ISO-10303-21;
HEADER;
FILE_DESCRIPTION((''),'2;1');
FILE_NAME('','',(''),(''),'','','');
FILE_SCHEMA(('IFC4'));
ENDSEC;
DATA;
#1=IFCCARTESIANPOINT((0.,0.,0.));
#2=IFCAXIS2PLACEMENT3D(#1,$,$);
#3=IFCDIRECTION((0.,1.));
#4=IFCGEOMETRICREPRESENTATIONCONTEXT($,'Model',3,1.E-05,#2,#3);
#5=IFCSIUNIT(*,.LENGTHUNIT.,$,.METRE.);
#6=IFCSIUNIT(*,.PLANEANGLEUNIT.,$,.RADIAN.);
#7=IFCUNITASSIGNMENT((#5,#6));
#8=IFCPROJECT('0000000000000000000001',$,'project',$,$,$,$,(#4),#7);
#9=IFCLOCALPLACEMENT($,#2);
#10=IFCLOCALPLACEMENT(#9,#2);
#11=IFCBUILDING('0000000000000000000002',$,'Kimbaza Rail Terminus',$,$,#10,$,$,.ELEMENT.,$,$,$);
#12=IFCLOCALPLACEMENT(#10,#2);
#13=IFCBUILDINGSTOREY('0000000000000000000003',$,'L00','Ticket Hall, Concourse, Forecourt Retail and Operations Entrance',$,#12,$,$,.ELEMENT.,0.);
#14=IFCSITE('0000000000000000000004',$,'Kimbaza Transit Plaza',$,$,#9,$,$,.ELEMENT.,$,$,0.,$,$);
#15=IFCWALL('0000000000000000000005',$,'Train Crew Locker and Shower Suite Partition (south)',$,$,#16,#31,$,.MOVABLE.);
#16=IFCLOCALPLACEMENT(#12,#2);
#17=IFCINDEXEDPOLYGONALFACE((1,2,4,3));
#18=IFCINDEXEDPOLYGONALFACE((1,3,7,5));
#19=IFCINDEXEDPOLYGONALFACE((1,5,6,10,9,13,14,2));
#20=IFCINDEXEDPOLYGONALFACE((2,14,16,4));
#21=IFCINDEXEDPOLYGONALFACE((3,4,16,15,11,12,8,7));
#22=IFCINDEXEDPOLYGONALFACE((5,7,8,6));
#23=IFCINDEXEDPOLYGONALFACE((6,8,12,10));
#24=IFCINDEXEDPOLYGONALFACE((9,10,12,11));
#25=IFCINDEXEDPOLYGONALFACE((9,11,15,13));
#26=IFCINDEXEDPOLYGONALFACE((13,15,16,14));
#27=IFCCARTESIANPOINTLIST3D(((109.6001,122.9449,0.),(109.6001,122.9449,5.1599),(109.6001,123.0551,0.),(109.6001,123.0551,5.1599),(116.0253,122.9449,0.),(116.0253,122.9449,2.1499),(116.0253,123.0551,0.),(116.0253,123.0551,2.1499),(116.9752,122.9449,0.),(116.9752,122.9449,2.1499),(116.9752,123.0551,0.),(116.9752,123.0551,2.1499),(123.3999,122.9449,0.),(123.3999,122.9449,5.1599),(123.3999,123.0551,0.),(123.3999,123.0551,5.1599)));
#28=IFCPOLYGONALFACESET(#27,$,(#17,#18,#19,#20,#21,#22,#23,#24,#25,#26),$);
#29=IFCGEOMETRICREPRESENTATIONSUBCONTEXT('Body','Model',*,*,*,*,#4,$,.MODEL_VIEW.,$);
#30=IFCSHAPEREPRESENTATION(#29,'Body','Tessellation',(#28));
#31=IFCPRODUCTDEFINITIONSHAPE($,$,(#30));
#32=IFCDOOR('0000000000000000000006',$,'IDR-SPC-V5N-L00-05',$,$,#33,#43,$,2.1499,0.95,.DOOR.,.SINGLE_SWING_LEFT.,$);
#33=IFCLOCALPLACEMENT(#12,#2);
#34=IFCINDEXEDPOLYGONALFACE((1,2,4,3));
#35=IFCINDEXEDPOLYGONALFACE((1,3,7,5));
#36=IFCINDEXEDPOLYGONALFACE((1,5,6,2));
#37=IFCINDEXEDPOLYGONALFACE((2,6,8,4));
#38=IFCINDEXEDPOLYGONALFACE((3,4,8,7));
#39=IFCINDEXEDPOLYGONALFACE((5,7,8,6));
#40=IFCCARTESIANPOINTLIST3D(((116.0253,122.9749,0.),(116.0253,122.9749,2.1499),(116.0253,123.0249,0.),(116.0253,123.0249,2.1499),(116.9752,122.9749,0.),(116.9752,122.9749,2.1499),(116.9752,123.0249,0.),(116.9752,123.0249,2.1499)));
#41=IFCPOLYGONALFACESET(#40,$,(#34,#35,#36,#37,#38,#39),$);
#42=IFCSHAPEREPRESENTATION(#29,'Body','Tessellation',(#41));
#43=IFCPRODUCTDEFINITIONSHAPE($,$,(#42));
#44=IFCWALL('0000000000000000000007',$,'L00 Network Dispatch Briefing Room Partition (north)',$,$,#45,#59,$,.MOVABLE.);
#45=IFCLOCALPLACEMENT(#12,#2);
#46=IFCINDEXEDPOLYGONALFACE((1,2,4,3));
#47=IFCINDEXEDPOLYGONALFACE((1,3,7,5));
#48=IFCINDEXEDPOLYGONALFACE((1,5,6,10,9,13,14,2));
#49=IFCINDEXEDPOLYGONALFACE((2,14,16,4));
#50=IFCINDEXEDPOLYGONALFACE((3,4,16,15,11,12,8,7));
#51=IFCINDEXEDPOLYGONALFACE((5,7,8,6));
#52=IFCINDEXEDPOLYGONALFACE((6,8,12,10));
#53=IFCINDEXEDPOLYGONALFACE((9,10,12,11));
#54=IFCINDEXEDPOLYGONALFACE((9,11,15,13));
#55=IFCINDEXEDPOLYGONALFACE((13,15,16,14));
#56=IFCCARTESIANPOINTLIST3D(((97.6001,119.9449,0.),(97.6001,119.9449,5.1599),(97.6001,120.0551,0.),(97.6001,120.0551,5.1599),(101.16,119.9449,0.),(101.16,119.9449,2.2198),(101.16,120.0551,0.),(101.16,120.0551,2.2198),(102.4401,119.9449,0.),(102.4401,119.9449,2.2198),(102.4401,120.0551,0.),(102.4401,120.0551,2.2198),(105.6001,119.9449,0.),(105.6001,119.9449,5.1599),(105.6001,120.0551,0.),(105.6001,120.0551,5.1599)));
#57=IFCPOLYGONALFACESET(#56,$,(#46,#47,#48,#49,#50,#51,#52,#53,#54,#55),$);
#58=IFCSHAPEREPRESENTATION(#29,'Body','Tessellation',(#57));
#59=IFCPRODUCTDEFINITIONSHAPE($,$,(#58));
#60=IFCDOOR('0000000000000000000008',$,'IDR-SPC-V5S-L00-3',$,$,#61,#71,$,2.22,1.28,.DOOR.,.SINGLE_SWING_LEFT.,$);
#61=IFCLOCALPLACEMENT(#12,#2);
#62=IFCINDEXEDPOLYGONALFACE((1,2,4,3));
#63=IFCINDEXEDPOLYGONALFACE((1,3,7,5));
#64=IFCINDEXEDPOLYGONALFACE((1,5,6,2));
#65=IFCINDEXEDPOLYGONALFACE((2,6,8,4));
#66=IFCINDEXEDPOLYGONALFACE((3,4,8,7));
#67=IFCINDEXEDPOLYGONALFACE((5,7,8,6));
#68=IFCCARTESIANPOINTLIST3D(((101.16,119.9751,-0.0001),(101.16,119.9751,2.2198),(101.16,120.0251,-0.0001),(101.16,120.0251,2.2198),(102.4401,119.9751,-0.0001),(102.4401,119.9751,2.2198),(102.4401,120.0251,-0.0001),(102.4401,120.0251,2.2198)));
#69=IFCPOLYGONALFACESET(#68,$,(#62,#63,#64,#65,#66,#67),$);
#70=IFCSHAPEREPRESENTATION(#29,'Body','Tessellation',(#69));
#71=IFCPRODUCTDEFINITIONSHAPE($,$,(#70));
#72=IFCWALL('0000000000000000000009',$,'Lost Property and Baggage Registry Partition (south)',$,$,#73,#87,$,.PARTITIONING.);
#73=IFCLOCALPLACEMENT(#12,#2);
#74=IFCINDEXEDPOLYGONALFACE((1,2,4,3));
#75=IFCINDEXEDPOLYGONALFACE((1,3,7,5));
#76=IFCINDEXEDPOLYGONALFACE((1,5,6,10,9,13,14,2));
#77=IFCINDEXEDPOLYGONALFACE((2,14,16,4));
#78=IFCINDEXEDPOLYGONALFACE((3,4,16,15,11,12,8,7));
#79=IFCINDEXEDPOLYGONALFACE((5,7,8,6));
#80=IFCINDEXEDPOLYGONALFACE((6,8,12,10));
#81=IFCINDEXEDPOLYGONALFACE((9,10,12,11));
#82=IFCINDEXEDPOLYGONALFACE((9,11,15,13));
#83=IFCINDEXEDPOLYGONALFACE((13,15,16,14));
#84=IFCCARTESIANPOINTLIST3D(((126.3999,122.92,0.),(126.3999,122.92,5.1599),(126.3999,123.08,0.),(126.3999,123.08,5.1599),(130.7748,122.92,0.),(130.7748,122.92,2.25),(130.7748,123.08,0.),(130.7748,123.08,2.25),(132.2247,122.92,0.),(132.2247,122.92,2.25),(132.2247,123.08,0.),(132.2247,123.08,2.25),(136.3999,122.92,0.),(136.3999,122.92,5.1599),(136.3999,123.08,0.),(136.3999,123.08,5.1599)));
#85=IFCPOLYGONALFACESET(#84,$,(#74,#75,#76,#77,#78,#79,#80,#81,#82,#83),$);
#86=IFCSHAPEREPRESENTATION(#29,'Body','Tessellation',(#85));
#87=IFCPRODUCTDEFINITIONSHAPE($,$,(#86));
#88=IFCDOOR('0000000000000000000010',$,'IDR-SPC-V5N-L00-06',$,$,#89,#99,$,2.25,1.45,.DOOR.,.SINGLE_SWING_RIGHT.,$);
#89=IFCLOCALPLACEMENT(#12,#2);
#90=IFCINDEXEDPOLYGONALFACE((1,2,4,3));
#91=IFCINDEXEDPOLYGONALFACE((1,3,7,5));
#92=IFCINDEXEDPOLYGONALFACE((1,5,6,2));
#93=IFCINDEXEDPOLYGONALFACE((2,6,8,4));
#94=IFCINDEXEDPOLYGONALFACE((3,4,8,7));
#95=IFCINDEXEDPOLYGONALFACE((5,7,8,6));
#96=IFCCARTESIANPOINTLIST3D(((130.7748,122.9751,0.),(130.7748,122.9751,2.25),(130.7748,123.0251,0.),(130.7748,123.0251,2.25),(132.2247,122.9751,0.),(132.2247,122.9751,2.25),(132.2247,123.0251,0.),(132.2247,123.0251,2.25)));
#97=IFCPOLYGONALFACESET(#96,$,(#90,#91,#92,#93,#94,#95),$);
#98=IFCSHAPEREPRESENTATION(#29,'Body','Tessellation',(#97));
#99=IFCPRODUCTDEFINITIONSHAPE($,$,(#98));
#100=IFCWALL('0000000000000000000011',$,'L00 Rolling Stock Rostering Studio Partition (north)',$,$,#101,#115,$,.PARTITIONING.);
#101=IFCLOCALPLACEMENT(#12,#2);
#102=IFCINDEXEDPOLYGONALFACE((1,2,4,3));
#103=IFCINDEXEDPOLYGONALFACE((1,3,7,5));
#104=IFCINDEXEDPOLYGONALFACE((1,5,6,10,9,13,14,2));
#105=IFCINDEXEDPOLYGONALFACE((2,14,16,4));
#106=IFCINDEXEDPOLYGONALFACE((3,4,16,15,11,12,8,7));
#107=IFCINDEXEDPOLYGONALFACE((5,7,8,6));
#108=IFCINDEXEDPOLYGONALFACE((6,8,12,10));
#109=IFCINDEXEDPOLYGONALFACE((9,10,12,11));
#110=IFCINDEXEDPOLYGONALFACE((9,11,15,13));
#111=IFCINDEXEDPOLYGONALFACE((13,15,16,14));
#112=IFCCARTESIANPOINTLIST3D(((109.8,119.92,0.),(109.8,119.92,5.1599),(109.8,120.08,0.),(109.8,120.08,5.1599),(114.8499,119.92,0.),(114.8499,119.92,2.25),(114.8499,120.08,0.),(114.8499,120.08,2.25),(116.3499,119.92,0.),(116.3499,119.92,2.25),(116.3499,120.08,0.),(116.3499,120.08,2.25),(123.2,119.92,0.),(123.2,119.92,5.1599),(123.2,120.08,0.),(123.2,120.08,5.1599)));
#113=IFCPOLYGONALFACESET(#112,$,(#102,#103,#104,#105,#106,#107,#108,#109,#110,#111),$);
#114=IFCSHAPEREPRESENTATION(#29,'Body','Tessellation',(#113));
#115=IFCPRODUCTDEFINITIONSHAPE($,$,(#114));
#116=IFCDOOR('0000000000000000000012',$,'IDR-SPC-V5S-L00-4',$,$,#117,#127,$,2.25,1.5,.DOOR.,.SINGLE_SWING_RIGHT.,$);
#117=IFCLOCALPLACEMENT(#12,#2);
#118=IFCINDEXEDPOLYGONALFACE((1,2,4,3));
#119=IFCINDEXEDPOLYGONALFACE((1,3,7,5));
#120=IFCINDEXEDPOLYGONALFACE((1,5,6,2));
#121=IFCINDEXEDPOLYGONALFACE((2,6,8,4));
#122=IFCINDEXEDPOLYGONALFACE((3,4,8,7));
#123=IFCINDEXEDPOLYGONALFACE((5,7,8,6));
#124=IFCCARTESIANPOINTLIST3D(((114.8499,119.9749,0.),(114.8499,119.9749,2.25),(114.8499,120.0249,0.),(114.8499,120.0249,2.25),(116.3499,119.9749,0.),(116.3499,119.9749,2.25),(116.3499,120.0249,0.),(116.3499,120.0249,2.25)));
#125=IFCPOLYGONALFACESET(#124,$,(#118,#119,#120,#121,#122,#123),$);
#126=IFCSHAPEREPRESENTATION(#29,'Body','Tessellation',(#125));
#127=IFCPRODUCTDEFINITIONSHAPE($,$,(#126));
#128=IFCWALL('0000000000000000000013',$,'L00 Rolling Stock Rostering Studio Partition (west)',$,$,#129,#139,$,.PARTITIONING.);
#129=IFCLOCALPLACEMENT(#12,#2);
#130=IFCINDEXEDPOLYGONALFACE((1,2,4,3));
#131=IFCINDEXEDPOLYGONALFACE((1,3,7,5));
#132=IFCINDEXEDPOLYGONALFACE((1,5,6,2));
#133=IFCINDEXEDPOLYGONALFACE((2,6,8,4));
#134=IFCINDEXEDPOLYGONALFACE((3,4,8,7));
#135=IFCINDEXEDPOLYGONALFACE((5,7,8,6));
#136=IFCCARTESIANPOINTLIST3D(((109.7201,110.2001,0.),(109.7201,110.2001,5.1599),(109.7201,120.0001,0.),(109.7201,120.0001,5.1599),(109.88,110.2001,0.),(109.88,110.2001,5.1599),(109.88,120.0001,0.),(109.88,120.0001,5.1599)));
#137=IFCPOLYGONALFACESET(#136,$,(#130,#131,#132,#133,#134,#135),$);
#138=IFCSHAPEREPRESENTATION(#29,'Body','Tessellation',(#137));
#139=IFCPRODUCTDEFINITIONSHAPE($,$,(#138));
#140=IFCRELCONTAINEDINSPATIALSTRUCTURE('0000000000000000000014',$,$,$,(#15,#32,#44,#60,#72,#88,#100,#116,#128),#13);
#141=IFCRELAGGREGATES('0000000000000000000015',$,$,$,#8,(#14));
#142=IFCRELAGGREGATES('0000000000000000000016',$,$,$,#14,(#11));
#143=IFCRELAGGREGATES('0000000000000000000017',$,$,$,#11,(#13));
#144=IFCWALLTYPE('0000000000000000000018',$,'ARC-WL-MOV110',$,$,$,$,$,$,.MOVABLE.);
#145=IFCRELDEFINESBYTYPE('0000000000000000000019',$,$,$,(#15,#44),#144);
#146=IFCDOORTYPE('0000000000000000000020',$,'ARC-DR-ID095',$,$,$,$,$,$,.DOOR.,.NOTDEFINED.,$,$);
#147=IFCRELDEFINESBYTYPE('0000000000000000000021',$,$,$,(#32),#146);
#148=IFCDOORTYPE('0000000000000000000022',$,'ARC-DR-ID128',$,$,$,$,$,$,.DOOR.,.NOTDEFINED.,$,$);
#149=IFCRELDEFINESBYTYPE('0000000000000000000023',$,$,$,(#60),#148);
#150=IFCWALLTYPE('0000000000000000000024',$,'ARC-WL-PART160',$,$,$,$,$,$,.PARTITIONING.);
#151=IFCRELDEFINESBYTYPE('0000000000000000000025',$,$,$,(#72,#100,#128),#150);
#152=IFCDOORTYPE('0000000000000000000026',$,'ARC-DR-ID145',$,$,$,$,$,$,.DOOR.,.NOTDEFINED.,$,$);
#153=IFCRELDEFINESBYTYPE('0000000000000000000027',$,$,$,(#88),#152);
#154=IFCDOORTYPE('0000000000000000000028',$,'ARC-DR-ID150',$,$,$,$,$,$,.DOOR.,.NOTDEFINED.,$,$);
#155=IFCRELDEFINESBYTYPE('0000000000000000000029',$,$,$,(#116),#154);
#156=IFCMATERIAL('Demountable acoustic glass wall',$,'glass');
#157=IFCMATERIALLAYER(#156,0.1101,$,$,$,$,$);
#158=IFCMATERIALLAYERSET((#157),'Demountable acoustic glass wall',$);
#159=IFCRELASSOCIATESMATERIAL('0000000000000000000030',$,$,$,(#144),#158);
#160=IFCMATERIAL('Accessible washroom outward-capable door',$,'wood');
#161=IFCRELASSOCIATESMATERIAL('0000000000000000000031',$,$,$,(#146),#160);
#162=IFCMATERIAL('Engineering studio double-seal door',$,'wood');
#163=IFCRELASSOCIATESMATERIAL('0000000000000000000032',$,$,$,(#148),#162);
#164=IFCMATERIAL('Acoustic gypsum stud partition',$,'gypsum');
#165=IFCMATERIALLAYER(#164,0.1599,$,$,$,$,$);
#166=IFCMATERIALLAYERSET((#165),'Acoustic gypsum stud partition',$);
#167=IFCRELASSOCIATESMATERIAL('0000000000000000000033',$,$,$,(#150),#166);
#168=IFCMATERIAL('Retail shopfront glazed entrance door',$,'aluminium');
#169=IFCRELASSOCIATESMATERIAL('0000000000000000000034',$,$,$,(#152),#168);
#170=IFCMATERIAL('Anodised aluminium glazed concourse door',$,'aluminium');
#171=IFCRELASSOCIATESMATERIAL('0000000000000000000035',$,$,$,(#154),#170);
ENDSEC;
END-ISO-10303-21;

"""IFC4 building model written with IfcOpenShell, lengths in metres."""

from ifc_helpers import new_model, si_unit, direction, frame, frame_2d, origin, place, context, subcontext, project, spatial, rectangle, extrude, material, layer, layer_set, type_object, element, fill, save


model = new_model("IFC4")

# Units and contexts
model_context = context("Model", 3, precision=1e-05, world=origin(), true_north=direction((0.0, 1.0)))
body_context = subcontext(model_context, "Body", "Model", "MODEL_VIEW")
ifc_project = project(units=[si_unit("LENGTHUNIT", "METRE"), si_unit("PLANEANGLEUNIT", "RADIAN")], contexts=[model_context])

# Site, building, storey
site_placement = place(None, origin())
site = spatial("IfcSite", under=ifc_project, at=site_placement, Name="Kimbaza Transit Plaza", CompositionType="ELEMENT", RefElevation=0.0)
building_placement = place(site_placement, origin())
building = spatial("IfcBuilding", under=site, at=building_placement, Name="Kimbaza Rail Terminus", CompositionType="ELEMENT")
storey_placement = place(building_placement, origin())
storey = spatial("IfcBuildingStorey", under=building, at=storey_placement, Name="L00", Description="Ticket Hall, Concourse, Forecourt Retail and Operations Entrance", CompositionType="ELEMENT", Elevation=0.0)

# Walls, openings, doors
ifc_material_1 = material(Name="Demountable acoustic glass wall", Category="glass")
ifc_layer_1 = layer(ifc_material_1, 0.1101)
ifc_layer_set_1 = layer_set([ifc_layer_1], Name="Demountable acoustic glass wall")
wall_type_1 = type_object("IfcWallType", Name="ARC-WL-MOV110", PredefinedType="MOVABLE", material=ifc_layer_set_1)
wall_1_placement = place(storey_placement, frame((109.6001, 123.0, 0.0), z_axis=(0.0, 0.0, 1.0), x_axis=(1.0, 0.0, 0.0)))
wall_1 = element("IfcWall", 1, at=wall_1_placement, inside=storey, type_object=wall_type_1, Name="Train Crew Locker and Shower Suite Partition (south)", PredefinedType="MOVABLE", context=body_context, shape_type="SweptSolid", body=[
    extrude(rectangle(XDim=13.7998, YDim=0.1101, at=frame_2d((6.8999, 0.0))), origin(), (0.0, 0.0, 1.0), 5.1599),
])
opening_1_placement = place(wall_1_placement, frame((6.425, 0.0, 0.0)))
opening_1 = element("IfcOpeningElement", 2, at=opening_1_placement, cuts=wall_1, PredefinedType="OPENING", context=body_context, shape_type="SweptSolid", body=[
    extrude(rectangle(XDim=0.95, YDim=2.1499, at=frame_2d((0.4751, 1.075))), frame((0.0, 0.0649, 0.0), z_axis=(0.0, -1.0, 0.0), x_axis=(1.0, 0.0, 0.0)), (0.0, 0.0, 1.0), 0.1301),
])
ifc_material_2 = material(Name="Accessible washroom outward-capable door", Category="wood")
door_type_1 = type_object("IfcDoorType", Name="ARC-DR-ID095", OperationType="NOTDEFINED", PredefinedType="DOOR", material=ifc_material_2)
door_1_placement = place(opening_1_placement, origin())
door_1 = element("IfcDoor", 3, at=door_1_placement, inside=storey, type_object=door_type_1, Name="IDR-SPC-V5N-L00-05", OperationType="SINGLE_SWING_LEFT", OverallHeight=2.1499, OverallWidth=0.95, PredefinedType="DOOR", context=body_context, shape_type="SweptSolid", body=[
    extrude(rectangle(XDim=0.95, YDim=2.1499, at=frame_2d((0.4751, 1.075))), frame((0.0, 0.0249, 0.0), z_axis=(0.0, -1.0, 0.0), x_axis=(1.0, 0.0, 0.0)), (0.0, 0.0, 1.0), 0.05),
])
fill(opening_1, door_1)
wall_2_placement = place(storey_placement, frame((105.6001, 120.0, 0.0), z_axis=(0.0, 0.0, 1.0), x_axis=(-1.0, 0.0, 0.0)))
wall_2 = element("IfcWall", 4, at=wall_2_placement, inside=storey, type_object=wall_type_1, Name="L00 Network Dispatch Briefing Room Partition (north)", PredefinedType="MOVABLE", context=body_context, shape_type="SweptSolid", body=[
    extrude(rectangle(XDim=8.0, YDim=0.1101, at=frame_2d((4.0, 0.0))), origin(), (0.0, 0.0, 1.0), 5.1599),
])
opening_2_placement = place(wall_2_placement, frame((3.1599, 0.0, 0.0)))
opening_2 = element("IfcOpeningElement", 5, at=opening_2_placement, cuts=wall_2, PredefinedType="OPENING", context=body_context, shape_type="SweptSolid", body=[
    extrude(rectangle(XDim=1.28, YDim=2.22, at=frame_2d((0.6401, 1.1099))), frame((0.0, 0.0649, 0.0), z_axis=(0.0, -1.0, 0.0), x_axis=(1.0, 0.0, 0.0)), (0.0, 0.0, 1.0), 0.1301),
])
ifc_material_3 = material(Name="Engineering studio double-seal door", Category="wood")
door_type_2 = type_object("IfcDoorType", Name="ARC-DR-ID128", OperationType="NOTDEFINED", PredefinedType="DOOR", material=ifc_material_3)
door_2_placement = place(opening_2_placement, origin())
door_2 = element("IfcDoor", 6, at=door_2_placement, inside=storey, type_object=door_type_2, Name="IDR-SPC-V5S-L00-3", OperationType="SINGLE_SWING_LEFT", OverallHeight=2.22, OverallWidth=1.28, PredefinedType="DOOR", context=body_context, shape_type="SweptSolid", body=[
    extrude(rectangle(XDim=1.28, YDim=2.22, at=frame_2d((0.6401, 1.1099))), frame((0.0, 0.0249, 0.0), z_axis=(0.0, -1.0, 0.0), x_axis=(1.0, 0.0, 0.0)), (0.0, 0.0, 1.0), 0.05),
])
fill(opening_2, door_2)
ifc_material_4 = material(Name="Acoustic gypsum stud partition", Category="gypsum")
ifc_layer_2 = layer(ifc_material_4, 0.1599)
ifc_layer_set_2 = layer_set([ifc_layer_2], Name="Acoustic gypsum stud partition")
wall_type_2 = type_object("IfcWallType", Name="ARC-WL-PART160", PredefinedType="PARTITIONING", material=ifc_layer_set_2)
wall_3_placement = place(storey_placement, frame((126.3999, 123.0, 0.0), z_axis=(0.0, 0.0, 1.0), x_axis=(1.0, 0.0, 0.0)))
wall_3 = element("IfcWall", 7, at=wall_3_placement, inside=storey, type_object=wall_type_2, Name="Lost Property and Baggage Registry Partition (south)", PredefinedType="PARTITIONING", context=body_context, shape_type="SweptSolid", body=[
    extrude(rectangle(XDim=10.0, YDim=0.1599, at=frame_2d((5.0, 0.0))), origin(), (0.0, 0.0, 1.0), 5.1599),
])
opening_3_placement = place(wall_3_placement, frame((5.825, 0.0, 0.0), z_axis=(0.0, 0.0, 1.0), x_axis=(-1.0, 0.0, 0.0)))
opening_3 = element("IfcOpeningElement", 8, at=opening_3_placement, cuts=wall_3, PredefinedType="OPENING", context=body_context, shape_type="SweptSolid", body=[
    extrude(rectangle(XDim=1.45, YDim=2.25, at=frame_2d((0.7251, 1.125))), frame((0.0, 0.0898, 0.0), z_axis=(0.0, -1.0, 0.0), x_axis=(1.0, 0.0, 0.0)), (0.0, 0.0, 1.0), 0.1799),
])
ifc_material_5 = material(Name="Retail shopfront glazed entrance door", Category="aluminium")
door_type_3 = type_object("IfcDoorType", Name="ARC-DR-ID145", OperationType="NOTDEFINED", PredefinedType="DOOR", material=ifc_material_5)
door_3_placement = place(opening_3_placement, origin())
door_3 = element("IfcDoor", 9, at=door_3_placement, inside=storey, type_object=door_type_3, Name="IDR-SPC-V5N-L00-06", OperationType="SINGLE_SWING_RIGHT", OverallHeight=2.25, OverallWidth=1.45, PredefinedType="DOOR", context=body_context, shape_type="SweptSolid", body=[
    extrude(rectangle(XDim=1.45, YDim=2.25, at=frame_2d((0.7251, 1.125))), frame((0.0, 0.0249, 0.0), z_axis=(0.0, -1.0, 0.0), x_axis=(1.0, 0.0, 0.0)), (0.0, 0.0, 1.0), 0.05),
])
fill(opening_3, door_3)
wall_4_placement = place(storey_placement, frame((123.2, 120.0, 0.0), z_axis=(0.0, 0.0, 1.0), x_axis=(-1.0, 0.0, 0.0)))
wall_4 = element("IfcWall", 10, at=wall_4_placement, inside=storey, type_object=wall_type_2, Name="L00 Rolling Stock Rostering Studio Partition (north)", PredefinedType="PARTITIONING", context=body_context, shape_type="SweptSolid", body=[
    extrude(rectangle(XDim=13.3999, YDim=0.1599, at=frame_2d((6.7, 0.0))), origin(), (0.0, 0.0, 1.0), 5.1599),
])
opening_4_placement = place(wall_4_placement, frame((8.3501, 0.0, 0.0), z_axis=(0.0, 0.0, 1.0), x_axis=(-1.0, 0.0, 0.0)))
opening_4 = element("IfcOpeningElement", 11, at=opening_4_placement, cuts=wall_4, PredefinedType="OPENING", context=body_context, shape_type="SweptSolid", body=[
    extrude(rectangle(XDim=1.5, YDim=2.25, at=frame_2d((0.75, 1.125))), frame((0.0, 0.0898, 0.0), z_axis=(0.0, -1.0, 0.0), x_axis=(1.0, 0.0, 0.0)), (0.0, 0.0, 1.0), 0.1799),
])
ifc_material_6 = material(Name="Anodised aluminium glazed concourse door", Category="aluminium")
door_type_4 = type_object("IfcDoorType", Name="ARC-DR-ID150", OperationType="NOTDEFINED", PredefinedType="DOOR", material=ifc_material_6)
door_4_placement = place(opening_4_placement, origin())
door_4 = element("IfcDoor", 12, at=door_4_placement, inside=storey, type_object=door_type_4, Name="IDR-SPC-V5S-L00-4", OperationType="SINGLE_SWING_RIGHT", OverallHeight=2.25, OverallWidth=1.5, PredefinedType="DOOR", context=body_context, shape_type="SweptSolid", body=[
    extrude(rectangle(XDim=1.5, YDim=2.25, at=frame_2d((0.75, 1.125))), frame((0.0, 0.0249, 0.0), z_axis=(0.0, -1.0, 0.0), x_axis=(1.0, 0.0, 0.0)), (0.0, 0.0, 1.0), 0.05),
])
fill(opening_4, door_4)

# Wall
wall_5_placement = place(storey_placement, frame((109.8, 120.0, 0.0), z_axis=(0.0, 0.0, 1.0), x_axis=(0.0, -1.0, 0.0)))
element("IfcWall", 13, at=wall_5_placement, inside=storey, type_object=wall_type_2, Name="L00 Rolling Stock Rostering Studio Partition (west)", PredefinedType="PARTITIONING", context=body_context, shape_type="SweptSolid", body=[
    extrude(rectangle(XDim=9.8, YDim=0.1599, at=frame_2d((4.8999, 0.0))), origin(), (0.0, 0.0, 1.0), 5.1599),
])

save(model, "model.ifc")
